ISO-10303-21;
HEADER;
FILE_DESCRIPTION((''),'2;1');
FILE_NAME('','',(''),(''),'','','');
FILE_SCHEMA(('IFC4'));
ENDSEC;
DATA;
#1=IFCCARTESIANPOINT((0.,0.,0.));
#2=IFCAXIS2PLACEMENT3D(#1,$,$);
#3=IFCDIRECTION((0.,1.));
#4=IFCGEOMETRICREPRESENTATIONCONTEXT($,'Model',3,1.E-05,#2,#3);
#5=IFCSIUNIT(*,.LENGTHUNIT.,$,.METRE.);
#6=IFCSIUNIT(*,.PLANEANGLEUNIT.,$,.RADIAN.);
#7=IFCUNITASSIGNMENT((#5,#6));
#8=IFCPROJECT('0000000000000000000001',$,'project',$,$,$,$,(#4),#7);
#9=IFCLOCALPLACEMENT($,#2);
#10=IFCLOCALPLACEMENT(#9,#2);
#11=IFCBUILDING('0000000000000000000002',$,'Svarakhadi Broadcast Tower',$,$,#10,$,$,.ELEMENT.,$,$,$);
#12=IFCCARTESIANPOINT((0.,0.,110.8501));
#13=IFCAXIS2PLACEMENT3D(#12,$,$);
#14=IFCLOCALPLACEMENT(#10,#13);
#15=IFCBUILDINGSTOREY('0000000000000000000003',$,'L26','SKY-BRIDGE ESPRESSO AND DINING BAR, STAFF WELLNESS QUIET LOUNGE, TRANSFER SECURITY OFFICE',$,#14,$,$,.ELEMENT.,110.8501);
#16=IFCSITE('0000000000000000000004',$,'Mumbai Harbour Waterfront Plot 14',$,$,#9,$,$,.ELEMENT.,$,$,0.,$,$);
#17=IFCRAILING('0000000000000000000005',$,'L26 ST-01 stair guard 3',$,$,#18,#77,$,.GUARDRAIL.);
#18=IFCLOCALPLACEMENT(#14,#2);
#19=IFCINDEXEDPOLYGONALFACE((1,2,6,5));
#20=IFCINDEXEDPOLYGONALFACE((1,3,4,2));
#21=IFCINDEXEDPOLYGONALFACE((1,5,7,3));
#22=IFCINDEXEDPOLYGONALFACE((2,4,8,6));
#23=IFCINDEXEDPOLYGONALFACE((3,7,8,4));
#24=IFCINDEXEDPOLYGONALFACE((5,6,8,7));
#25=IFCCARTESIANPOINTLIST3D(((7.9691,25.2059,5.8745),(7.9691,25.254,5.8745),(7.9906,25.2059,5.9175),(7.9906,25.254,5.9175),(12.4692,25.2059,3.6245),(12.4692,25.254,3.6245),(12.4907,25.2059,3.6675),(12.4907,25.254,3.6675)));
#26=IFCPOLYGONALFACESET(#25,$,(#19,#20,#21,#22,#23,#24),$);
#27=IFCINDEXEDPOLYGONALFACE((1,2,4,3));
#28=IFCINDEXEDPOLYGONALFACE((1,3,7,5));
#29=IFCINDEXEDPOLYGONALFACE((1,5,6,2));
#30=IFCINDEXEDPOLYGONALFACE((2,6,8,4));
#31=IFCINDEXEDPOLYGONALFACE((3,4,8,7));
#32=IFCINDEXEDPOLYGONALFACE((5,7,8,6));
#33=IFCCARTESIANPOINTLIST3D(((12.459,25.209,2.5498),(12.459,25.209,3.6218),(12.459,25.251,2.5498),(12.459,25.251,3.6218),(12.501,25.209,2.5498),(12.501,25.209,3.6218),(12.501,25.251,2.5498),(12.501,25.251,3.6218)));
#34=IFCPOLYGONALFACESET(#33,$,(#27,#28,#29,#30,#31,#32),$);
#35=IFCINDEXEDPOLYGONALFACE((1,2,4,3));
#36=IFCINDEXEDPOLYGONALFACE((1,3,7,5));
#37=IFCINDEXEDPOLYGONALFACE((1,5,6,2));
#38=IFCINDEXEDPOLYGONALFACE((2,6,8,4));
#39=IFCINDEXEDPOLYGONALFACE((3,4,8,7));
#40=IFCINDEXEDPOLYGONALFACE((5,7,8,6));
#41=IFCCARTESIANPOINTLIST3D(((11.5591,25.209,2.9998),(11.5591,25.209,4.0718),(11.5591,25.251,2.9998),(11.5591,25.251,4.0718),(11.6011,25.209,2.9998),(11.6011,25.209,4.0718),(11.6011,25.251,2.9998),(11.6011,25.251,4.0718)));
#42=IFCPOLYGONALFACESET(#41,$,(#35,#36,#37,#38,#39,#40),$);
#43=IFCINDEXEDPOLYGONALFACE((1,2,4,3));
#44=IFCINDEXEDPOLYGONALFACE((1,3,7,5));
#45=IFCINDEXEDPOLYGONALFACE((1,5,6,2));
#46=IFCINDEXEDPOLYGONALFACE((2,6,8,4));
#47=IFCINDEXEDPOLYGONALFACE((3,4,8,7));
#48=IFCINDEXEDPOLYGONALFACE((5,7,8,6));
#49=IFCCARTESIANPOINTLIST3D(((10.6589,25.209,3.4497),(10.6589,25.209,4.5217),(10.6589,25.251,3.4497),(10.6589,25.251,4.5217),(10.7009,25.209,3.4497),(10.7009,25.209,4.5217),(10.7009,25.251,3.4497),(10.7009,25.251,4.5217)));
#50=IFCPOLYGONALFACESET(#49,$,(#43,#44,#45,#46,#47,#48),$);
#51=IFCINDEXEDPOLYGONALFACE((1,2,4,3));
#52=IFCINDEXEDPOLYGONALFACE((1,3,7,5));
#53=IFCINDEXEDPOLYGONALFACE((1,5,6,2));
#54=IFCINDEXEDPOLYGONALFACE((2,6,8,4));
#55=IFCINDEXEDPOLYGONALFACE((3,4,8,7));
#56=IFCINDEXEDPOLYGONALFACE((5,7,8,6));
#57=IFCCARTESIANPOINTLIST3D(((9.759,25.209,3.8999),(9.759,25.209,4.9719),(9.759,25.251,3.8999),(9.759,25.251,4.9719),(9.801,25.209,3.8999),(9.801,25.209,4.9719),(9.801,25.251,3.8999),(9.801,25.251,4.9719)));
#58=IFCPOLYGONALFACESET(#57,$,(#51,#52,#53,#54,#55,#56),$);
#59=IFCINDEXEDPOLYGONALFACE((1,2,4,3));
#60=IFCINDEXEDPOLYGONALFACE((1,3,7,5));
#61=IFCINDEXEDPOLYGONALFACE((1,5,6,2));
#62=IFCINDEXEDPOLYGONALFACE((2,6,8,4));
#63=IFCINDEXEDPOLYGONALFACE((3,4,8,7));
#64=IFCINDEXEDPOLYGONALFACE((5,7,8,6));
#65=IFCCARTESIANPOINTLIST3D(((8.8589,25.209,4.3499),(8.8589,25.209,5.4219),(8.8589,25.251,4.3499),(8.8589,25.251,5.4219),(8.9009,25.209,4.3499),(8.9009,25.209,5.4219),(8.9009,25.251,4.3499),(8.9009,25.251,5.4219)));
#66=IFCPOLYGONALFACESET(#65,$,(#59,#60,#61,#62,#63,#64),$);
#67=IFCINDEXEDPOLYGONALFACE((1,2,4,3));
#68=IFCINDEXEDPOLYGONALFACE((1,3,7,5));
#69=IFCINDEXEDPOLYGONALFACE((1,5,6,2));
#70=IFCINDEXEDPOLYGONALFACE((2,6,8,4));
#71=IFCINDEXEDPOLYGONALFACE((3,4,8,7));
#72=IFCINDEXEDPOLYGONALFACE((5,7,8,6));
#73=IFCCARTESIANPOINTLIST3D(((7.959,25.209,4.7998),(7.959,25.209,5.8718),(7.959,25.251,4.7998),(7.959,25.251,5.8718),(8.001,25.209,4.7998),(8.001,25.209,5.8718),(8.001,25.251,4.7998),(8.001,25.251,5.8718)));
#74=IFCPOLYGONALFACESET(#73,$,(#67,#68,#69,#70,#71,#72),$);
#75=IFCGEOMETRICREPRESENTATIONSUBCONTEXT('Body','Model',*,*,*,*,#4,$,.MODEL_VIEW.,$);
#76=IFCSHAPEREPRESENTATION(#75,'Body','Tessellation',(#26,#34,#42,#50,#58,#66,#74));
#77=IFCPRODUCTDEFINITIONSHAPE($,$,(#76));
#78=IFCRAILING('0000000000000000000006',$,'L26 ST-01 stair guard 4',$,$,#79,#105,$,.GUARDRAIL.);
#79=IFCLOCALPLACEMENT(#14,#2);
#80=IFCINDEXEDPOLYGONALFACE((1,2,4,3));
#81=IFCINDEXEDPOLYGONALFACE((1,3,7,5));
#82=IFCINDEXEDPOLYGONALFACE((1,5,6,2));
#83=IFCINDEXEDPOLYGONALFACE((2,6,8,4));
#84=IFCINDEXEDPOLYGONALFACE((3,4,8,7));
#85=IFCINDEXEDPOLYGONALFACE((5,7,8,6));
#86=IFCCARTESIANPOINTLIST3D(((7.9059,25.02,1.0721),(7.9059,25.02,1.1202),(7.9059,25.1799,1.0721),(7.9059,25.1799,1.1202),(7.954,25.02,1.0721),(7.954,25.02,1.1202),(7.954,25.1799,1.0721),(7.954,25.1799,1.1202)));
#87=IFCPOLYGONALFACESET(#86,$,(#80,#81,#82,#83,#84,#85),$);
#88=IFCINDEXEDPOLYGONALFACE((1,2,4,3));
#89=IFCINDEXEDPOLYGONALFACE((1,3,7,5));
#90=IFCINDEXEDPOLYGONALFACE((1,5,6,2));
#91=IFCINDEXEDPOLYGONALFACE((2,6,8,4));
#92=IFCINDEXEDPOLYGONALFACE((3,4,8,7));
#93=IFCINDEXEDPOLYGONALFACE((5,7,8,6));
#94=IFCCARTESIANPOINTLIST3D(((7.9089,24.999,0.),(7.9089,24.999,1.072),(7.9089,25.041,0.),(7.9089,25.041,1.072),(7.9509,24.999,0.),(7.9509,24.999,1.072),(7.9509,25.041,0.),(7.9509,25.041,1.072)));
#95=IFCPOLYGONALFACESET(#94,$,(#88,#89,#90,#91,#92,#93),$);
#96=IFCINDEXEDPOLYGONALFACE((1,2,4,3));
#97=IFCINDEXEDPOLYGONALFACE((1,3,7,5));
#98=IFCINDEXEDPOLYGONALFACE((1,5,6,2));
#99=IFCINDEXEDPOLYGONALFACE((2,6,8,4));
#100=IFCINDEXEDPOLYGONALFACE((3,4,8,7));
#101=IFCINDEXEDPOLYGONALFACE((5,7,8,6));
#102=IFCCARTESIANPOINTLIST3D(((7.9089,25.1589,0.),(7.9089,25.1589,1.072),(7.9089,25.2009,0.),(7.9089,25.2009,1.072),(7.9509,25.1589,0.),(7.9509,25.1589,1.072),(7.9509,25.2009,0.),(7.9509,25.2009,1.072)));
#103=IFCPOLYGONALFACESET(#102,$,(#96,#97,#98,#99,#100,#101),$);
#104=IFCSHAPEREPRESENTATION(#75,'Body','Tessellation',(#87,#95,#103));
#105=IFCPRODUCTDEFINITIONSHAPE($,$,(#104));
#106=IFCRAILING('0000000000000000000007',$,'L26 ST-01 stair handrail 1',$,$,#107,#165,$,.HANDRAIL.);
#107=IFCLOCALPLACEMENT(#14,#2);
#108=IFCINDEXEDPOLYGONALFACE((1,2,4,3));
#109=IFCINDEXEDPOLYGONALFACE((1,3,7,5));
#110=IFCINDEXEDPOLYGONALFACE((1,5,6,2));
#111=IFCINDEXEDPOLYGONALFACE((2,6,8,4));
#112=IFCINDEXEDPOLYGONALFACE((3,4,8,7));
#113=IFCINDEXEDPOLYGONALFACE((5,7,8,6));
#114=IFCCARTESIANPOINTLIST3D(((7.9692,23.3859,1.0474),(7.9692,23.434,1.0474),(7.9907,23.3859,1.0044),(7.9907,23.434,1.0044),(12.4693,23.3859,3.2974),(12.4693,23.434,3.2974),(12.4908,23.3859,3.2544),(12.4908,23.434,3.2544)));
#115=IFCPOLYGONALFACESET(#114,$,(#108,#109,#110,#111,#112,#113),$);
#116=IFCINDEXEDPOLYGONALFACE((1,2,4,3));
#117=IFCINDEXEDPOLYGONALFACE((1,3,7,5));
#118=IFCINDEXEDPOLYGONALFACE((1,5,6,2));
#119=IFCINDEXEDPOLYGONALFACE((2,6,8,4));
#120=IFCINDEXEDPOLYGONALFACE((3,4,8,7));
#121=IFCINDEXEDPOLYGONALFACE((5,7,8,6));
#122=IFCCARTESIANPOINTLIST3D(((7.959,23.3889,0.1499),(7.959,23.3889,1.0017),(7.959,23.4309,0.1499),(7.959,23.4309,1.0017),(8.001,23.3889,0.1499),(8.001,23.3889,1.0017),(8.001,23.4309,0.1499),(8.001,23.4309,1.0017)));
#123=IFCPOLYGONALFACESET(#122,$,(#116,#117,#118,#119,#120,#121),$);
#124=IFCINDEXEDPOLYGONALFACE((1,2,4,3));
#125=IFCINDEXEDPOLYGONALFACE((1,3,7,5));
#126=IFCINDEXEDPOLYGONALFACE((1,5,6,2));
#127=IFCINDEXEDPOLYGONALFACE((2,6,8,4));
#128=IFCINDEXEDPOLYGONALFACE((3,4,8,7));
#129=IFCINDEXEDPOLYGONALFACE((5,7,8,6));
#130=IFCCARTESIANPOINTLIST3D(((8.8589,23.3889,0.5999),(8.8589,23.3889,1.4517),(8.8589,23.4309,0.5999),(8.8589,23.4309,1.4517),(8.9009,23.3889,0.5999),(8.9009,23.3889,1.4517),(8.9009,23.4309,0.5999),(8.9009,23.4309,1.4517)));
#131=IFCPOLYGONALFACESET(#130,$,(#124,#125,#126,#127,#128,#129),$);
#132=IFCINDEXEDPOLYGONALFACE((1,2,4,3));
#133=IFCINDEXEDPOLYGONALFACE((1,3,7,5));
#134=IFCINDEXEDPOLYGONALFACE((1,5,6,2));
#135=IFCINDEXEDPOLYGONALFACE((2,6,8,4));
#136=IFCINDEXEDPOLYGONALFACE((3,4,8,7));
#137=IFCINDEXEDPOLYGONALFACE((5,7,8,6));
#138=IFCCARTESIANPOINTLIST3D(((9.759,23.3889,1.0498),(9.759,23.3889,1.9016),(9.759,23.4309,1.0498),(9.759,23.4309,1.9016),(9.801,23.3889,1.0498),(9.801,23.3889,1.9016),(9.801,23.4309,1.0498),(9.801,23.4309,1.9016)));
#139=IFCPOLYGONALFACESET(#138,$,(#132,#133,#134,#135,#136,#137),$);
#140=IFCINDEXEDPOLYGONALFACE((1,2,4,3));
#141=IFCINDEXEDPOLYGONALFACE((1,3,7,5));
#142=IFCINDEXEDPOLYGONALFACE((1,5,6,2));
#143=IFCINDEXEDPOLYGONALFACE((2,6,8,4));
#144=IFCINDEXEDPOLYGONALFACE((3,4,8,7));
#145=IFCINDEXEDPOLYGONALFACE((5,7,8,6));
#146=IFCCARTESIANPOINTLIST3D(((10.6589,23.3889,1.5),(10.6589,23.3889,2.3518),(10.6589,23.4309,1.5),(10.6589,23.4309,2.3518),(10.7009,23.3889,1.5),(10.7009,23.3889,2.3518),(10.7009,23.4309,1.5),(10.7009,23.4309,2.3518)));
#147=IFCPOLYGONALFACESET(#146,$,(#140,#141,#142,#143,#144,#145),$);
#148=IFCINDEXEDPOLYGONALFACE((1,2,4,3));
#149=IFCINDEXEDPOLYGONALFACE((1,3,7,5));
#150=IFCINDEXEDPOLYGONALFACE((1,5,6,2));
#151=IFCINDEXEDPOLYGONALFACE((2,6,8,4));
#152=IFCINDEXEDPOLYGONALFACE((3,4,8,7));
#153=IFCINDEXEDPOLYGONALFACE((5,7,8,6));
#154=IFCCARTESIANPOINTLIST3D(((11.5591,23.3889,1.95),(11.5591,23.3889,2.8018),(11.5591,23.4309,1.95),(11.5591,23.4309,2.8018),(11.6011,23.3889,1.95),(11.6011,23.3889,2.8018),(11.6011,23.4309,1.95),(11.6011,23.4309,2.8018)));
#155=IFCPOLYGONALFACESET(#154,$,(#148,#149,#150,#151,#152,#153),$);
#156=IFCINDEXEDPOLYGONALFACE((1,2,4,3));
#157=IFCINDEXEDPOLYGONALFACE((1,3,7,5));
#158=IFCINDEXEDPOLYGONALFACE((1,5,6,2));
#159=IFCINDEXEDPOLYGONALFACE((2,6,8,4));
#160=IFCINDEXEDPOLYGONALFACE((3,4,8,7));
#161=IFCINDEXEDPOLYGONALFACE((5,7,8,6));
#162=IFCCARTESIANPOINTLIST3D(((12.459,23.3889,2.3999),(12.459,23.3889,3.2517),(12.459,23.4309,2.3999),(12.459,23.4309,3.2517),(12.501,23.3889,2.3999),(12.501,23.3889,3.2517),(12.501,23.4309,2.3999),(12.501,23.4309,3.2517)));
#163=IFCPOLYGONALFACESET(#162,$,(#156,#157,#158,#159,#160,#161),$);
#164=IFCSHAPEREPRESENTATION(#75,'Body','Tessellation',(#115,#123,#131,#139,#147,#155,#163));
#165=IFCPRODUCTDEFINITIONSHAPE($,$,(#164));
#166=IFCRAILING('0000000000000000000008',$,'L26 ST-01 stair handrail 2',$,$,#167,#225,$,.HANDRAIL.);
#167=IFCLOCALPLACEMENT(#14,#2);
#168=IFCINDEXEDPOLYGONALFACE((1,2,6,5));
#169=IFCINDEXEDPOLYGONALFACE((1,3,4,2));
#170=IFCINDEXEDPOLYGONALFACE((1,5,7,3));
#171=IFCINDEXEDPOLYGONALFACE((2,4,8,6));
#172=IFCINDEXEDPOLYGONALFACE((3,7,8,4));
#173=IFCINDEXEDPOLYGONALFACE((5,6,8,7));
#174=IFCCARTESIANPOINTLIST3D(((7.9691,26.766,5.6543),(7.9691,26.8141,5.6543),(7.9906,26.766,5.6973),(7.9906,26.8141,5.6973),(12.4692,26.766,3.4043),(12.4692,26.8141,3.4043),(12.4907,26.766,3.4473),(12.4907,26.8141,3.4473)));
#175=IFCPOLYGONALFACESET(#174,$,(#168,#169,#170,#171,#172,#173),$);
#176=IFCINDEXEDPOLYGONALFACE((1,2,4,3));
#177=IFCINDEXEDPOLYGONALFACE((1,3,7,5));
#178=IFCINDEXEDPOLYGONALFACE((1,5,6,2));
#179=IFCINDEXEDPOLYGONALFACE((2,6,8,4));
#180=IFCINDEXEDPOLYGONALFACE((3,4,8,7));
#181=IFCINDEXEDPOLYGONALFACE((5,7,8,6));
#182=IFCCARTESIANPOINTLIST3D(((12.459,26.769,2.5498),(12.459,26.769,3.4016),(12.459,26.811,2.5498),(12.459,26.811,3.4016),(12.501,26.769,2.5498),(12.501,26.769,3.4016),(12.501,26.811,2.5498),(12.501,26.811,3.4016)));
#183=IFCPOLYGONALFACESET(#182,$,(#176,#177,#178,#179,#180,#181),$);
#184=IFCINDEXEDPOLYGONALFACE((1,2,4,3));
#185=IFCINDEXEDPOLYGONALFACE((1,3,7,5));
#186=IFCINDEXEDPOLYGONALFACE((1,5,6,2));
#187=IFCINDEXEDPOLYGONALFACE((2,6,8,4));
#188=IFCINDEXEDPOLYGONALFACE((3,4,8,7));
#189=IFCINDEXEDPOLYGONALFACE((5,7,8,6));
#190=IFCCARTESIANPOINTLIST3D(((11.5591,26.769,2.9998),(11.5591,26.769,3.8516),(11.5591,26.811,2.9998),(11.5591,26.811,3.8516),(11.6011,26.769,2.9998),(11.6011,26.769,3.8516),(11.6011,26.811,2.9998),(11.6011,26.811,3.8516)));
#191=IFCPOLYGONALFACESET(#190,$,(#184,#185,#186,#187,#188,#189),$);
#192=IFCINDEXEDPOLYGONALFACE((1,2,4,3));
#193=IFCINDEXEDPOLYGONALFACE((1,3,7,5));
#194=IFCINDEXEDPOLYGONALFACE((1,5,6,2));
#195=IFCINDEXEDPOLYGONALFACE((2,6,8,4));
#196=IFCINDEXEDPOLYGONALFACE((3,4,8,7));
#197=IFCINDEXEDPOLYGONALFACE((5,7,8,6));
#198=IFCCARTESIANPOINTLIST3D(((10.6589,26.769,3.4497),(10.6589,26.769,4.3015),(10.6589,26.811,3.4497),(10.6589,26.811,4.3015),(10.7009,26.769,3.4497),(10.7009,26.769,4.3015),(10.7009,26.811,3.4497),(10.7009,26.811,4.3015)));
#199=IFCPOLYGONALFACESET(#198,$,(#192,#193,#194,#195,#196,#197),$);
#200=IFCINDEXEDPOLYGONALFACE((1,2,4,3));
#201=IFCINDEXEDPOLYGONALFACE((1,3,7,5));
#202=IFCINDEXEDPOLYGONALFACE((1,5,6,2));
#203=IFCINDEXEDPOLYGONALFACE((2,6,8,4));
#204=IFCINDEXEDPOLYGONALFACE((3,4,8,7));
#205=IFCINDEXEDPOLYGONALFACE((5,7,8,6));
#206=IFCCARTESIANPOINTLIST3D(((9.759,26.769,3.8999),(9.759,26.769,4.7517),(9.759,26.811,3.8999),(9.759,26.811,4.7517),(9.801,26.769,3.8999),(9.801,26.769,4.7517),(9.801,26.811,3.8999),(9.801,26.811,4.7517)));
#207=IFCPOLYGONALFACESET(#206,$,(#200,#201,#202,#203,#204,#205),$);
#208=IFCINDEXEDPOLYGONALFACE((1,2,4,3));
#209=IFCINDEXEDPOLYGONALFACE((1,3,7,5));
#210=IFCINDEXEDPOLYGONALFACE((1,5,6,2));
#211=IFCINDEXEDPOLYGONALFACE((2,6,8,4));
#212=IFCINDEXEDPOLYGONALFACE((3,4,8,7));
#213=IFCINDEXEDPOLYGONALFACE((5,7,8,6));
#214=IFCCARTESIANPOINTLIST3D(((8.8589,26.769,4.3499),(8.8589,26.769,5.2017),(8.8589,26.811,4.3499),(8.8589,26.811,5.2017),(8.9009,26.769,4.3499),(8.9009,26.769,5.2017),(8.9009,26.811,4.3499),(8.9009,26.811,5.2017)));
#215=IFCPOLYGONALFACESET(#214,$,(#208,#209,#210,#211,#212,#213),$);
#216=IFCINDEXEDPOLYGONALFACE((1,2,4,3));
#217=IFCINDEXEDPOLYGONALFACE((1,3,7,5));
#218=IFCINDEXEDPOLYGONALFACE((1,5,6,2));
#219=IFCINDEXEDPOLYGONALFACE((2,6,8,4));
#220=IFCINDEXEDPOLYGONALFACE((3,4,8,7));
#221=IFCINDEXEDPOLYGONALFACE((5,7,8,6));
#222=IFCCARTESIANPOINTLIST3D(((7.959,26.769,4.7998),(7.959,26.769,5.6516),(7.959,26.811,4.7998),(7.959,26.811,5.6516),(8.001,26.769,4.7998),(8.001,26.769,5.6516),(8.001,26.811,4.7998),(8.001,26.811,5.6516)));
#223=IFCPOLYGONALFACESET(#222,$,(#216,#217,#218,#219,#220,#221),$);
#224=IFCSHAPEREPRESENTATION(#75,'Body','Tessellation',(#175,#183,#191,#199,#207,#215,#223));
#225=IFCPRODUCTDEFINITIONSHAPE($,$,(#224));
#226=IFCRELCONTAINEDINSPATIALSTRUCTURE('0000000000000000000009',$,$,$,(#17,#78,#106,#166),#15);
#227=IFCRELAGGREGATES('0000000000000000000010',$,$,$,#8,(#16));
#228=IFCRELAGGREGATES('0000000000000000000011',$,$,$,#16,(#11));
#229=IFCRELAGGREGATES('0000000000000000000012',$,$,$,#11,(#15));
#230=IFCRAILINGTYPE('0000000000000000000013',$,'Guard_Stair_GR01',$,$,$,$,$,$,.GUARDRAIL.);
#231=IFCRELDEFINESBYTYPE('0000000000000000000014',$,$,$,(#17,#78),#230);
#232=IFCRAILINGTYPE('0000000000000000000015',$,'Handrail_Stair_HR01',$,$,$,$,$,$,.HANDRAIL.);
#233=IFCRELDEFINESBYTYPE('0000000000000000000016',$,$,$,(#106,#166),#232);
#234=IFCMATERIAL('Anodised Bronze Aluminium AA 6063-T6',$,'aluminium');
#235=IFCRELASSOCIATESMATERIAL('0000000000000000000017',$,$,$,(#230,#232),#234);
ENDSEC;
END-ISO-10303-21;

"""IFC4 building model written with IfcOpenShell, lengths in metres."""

from ifc_helpers import new_model, si_unit, direction, frame, origin, origin_2d, place, context, subcontext, project, spatial, rectangle, extrude, material, type_object, element, save


model = new_model("IFC4")

# Units and contexts
model_context = context("Model", 3, precision=1e-05, world=origin(), true_north=direction((0.0, 1.0)))
body_context = subcontext(model_context, "Body", "Model", "MODEL_VIEW")
ifc_project = project(units=[si_unit("LENGTHUNIT", "METRE"), si_unit("PLANEANGLEUNIT", "RADIAN")], contexts=[model_context])

# Site, building, storey
site_placement = place(None, origin())
site = spatial("IfcSite", under=ifc_project, at=site_placement, Name="Mumbai Harbour Waterfront Plot 14", CompositionType="ELEMENT", RefElevation=0.0)
building_placement = place(site_placement, origin())
building = spatial("IfcBuilding", under=site, at=building_placement, Name="Svarakhadi Broadcast Tower", CompositionType="ELEMENT")
storey_placement = place(building_placement, frame((0.0, 0.0, 110.8501)))
storey = spatial("IfcBuildingStorey", under=building, at=storey_placement, Name="L26", Description="SKY-BRIDGE ESPRESSO AND DINING BAR, STAFF WELLNESS QUIET LOUNGE, TRANSFER SECURITY OFFICE", CompositionType="ELEMENT", Elevation=110.8501)

# Railings
ifc_material_1 = material(Name="Anodised Bronze Aluminium AA 6063-T6", Category="aluminium")
railing_type_1 = type_object("IfcRailingType", Name="Guard_Stair_GR01", PredefinedType="GUARDRAIL", material=ifc_material_1)
railing_1_placement = place(storey_placement, frame((12.48, 25.23, 2.5498)))
element("IfcRailing", 1, at=railing_1_placement, inside=storey, type_object=railing_type_1, Name="L26 ST-01 stair guard 3", PredefinedType="GUARDRAIL", context=body_context, shape_type="SweptSolid", body=[
    extrude(rectangle(XDim=0.0481, YDim=0.0481, at=origin_2d()), frame((0.0, 0.0, 1.0962), z_axis=(-0.894427, 0.0, 0.447214), x_axis=(0.0, -1.0, 0.0)), (0.0, 0.0, 1.0), 5.0312),
    extrude(rectangle(XDim=0.042, YDim=0.042, at=origin_2d()), origin(), (0.0, 0.0, 1.0), 1.072),
    extrude(rectangle(XDim=0.042, YDim=0.042, at=origin_2d()), frame((-0.8999, 0.0, 0.45)), (0.0, 0.0, 1.0), 1.072),
    extrude(rectangle(XDim=0.042, YDim=0.042, at=origin_2d()), frame((-1.8, 0.0, 0.8999)), (0.0, 0.0, 1.0), 1.072),
    extrude(rectangle(XDim=0.042, YDim=0.042, at=origin_2d()), frame((-2.7, 0.0, 1.3501)), (0.0, 0.0, 1.0), 1.072),
    extrude(rectangle(XDim=0.042, YDim=0.042, at=origin_2d()), frame((-3.6001, 0.0, 1.8)), (0.0, 0.0, 1.0), 1.072),
    extrude(rectangle(XDim=0.042, YDim=0.042, at=origin_2d()), frame((-4.5, 0.0, 2.25)), (0.0, 0.0, 1.0), 1.072),
])
railing_2_placement = place(storey_placement, frame((7.9299, 25.02, 0.0)))
element("IfcRailing", 2, at=railing_2_placement, inside=storey, type_object=railing_type_1, Name="L26 ST-01 stair guard 4", PredefinedType="GUARDRAIL", context=body_context, shape_type="SweptSolid", body=[
    extrude(rectangle(XDim=0.0481, YDim=0.0481, at=origin_2d()), frame((0.0, 0.0, 1.0962), z_axis=(0.0, 1.0, 0.0), x_axis=(-1.0, 0.0, 0.0)), (0.0, 0.0, 1.0), 0.1599),
    extrude(rectangle(XDim=0.042, YDim=0.042, at=origin_2d()), origin(), (0.0, 0.0, 1.0), 1.072),
    extrude(rectangle(XDim=0.042, YDim=0.042, at=origin_2d()), frame((0.0, 0.1599, 0.0)), (0.0, 0.0, 1.0), 1.072),
])
railing_type_2 = type_object("IfcRailingType", Name="Handrail_Stair_HR01", PredefinedType="HANDRAIL", material=ifc_material_1)
railing_3_placement = place(storey_placement, frame((7.98, 23.4099, 0.1499)))
element("IfcRailing", 3, at=railing_3_placement, inside=storey, type_object=railing_type_2, Name="L26 ST-01 stair handrail 1", PredefinedType="HANDRAIL", context=body_context, shape_type="SweptSolid", body=[
    extrude(rectangle(XDim=0.0481, YDim=0.0481, at=origin_2d()), frame((0.0, 0.0, 0.876), z_axis=(0.894427, 0.0, 0.447214), x_axis=(0.0, 1.0, 0.0)), (0.0, 0.0, 1.0), 5.0312),
    extrude(rectangle(XDim=0.042, YDim=0.042, at=origin_2d()), origin(), (0.0, 0.0, 1.0), 0.8518),
    extrude(rectangle(XDim=0.042, YDim=0.042, at=origin_2d()), frame((0.8999, 0.0, 0.45)), (0.0, 0.0, 1.0), 0.8518),
    extrude(rectangle(XDim=0.042, YDim=0.042, at=origin_2d()), frame((1.8, 0.0, 0.8999)), (0.0, 0.0, 1.0), 0.8518),
    extrude(rectangle(XDim=0.042, YDim=0.042, at=origin_2d()), frame((2.7, 0.0, 1.3501)), (0.0, 0.0, 1.0), 0.8518),
    extrude(rectangle(XDim=0.042, YDim=0.042, at=origin_2d()), frame((3.6001, 0.0, 1.8)), (0.0, 0.0, 1.0), 0.8518),
    extrude(rectangle(XDim=0.042, YDim=0.042, at=origin_2d()), frame((4.5, 0.0, 2.25)), (0.0, 0.0, 1.0), 0.8518),
])
railing_4_placement = place(storey_placement, frame((12.48, 26.79, 2.5498)))
element("IfcRailing", 4, at=railing_4_placement, inside=storey, type_object=railing_type_2, Name="L26 ST-01 stair handrail 2", PredefinedType="HANDRAIL", context=body_context, shape_type="SweptSolid", body=[
    extrude(rectangle(XDim=0.0481, YDim=0.0481, at=origin_2d()), frame((0.0, 0.0, 0.876), z_axis=(-0.894427, 0.0, 0.447214), x_axis=(0.0, -1.0, 0.0)), (0.0, 0.0, 1.0), 5.0312),
    extrude(rectangle(XDim=0.042, YDim=0.042, at=origin_2d()), origin(), (0.0, 0.0, 1.0), 0.8518),
    extrude(rectangle(XDim=0.042, YDim=0.042, at=origin_2d()), frame((-0.8999, 0.0, 0.45)), (0.0, 0.0, 1.0), 0.8518),
    extrude(rectangle(XDim=0.042, YDim=0.042, at=origin_2d()), frame((-1.8, 0.0, 0.8999)), (0.0, 0.0, 1.0), 0.8518),
    extrude(rectangle(XDim=0.042, YDim=0.042, at=origin_2d()), frame((-2.7, 0.0, 1.3501)), (0.0, 0.0, 1.0), 0.8518),
    extrude(rectangle(XDim=0.042, YDim=0.042, at=origin_2d()), frame((-3.6001, 0.0, 1.8)), (0.0, 0.0, 1.0), 0.8518),
    extrude(rectangle(XDim=0.042, YDim=0.042, at=origin_2d()), frame((-4.5, 0.0, 2.25)), (0.0, 0.0, 1.0), 0.8518),
])

save(model, "model.ifc")
